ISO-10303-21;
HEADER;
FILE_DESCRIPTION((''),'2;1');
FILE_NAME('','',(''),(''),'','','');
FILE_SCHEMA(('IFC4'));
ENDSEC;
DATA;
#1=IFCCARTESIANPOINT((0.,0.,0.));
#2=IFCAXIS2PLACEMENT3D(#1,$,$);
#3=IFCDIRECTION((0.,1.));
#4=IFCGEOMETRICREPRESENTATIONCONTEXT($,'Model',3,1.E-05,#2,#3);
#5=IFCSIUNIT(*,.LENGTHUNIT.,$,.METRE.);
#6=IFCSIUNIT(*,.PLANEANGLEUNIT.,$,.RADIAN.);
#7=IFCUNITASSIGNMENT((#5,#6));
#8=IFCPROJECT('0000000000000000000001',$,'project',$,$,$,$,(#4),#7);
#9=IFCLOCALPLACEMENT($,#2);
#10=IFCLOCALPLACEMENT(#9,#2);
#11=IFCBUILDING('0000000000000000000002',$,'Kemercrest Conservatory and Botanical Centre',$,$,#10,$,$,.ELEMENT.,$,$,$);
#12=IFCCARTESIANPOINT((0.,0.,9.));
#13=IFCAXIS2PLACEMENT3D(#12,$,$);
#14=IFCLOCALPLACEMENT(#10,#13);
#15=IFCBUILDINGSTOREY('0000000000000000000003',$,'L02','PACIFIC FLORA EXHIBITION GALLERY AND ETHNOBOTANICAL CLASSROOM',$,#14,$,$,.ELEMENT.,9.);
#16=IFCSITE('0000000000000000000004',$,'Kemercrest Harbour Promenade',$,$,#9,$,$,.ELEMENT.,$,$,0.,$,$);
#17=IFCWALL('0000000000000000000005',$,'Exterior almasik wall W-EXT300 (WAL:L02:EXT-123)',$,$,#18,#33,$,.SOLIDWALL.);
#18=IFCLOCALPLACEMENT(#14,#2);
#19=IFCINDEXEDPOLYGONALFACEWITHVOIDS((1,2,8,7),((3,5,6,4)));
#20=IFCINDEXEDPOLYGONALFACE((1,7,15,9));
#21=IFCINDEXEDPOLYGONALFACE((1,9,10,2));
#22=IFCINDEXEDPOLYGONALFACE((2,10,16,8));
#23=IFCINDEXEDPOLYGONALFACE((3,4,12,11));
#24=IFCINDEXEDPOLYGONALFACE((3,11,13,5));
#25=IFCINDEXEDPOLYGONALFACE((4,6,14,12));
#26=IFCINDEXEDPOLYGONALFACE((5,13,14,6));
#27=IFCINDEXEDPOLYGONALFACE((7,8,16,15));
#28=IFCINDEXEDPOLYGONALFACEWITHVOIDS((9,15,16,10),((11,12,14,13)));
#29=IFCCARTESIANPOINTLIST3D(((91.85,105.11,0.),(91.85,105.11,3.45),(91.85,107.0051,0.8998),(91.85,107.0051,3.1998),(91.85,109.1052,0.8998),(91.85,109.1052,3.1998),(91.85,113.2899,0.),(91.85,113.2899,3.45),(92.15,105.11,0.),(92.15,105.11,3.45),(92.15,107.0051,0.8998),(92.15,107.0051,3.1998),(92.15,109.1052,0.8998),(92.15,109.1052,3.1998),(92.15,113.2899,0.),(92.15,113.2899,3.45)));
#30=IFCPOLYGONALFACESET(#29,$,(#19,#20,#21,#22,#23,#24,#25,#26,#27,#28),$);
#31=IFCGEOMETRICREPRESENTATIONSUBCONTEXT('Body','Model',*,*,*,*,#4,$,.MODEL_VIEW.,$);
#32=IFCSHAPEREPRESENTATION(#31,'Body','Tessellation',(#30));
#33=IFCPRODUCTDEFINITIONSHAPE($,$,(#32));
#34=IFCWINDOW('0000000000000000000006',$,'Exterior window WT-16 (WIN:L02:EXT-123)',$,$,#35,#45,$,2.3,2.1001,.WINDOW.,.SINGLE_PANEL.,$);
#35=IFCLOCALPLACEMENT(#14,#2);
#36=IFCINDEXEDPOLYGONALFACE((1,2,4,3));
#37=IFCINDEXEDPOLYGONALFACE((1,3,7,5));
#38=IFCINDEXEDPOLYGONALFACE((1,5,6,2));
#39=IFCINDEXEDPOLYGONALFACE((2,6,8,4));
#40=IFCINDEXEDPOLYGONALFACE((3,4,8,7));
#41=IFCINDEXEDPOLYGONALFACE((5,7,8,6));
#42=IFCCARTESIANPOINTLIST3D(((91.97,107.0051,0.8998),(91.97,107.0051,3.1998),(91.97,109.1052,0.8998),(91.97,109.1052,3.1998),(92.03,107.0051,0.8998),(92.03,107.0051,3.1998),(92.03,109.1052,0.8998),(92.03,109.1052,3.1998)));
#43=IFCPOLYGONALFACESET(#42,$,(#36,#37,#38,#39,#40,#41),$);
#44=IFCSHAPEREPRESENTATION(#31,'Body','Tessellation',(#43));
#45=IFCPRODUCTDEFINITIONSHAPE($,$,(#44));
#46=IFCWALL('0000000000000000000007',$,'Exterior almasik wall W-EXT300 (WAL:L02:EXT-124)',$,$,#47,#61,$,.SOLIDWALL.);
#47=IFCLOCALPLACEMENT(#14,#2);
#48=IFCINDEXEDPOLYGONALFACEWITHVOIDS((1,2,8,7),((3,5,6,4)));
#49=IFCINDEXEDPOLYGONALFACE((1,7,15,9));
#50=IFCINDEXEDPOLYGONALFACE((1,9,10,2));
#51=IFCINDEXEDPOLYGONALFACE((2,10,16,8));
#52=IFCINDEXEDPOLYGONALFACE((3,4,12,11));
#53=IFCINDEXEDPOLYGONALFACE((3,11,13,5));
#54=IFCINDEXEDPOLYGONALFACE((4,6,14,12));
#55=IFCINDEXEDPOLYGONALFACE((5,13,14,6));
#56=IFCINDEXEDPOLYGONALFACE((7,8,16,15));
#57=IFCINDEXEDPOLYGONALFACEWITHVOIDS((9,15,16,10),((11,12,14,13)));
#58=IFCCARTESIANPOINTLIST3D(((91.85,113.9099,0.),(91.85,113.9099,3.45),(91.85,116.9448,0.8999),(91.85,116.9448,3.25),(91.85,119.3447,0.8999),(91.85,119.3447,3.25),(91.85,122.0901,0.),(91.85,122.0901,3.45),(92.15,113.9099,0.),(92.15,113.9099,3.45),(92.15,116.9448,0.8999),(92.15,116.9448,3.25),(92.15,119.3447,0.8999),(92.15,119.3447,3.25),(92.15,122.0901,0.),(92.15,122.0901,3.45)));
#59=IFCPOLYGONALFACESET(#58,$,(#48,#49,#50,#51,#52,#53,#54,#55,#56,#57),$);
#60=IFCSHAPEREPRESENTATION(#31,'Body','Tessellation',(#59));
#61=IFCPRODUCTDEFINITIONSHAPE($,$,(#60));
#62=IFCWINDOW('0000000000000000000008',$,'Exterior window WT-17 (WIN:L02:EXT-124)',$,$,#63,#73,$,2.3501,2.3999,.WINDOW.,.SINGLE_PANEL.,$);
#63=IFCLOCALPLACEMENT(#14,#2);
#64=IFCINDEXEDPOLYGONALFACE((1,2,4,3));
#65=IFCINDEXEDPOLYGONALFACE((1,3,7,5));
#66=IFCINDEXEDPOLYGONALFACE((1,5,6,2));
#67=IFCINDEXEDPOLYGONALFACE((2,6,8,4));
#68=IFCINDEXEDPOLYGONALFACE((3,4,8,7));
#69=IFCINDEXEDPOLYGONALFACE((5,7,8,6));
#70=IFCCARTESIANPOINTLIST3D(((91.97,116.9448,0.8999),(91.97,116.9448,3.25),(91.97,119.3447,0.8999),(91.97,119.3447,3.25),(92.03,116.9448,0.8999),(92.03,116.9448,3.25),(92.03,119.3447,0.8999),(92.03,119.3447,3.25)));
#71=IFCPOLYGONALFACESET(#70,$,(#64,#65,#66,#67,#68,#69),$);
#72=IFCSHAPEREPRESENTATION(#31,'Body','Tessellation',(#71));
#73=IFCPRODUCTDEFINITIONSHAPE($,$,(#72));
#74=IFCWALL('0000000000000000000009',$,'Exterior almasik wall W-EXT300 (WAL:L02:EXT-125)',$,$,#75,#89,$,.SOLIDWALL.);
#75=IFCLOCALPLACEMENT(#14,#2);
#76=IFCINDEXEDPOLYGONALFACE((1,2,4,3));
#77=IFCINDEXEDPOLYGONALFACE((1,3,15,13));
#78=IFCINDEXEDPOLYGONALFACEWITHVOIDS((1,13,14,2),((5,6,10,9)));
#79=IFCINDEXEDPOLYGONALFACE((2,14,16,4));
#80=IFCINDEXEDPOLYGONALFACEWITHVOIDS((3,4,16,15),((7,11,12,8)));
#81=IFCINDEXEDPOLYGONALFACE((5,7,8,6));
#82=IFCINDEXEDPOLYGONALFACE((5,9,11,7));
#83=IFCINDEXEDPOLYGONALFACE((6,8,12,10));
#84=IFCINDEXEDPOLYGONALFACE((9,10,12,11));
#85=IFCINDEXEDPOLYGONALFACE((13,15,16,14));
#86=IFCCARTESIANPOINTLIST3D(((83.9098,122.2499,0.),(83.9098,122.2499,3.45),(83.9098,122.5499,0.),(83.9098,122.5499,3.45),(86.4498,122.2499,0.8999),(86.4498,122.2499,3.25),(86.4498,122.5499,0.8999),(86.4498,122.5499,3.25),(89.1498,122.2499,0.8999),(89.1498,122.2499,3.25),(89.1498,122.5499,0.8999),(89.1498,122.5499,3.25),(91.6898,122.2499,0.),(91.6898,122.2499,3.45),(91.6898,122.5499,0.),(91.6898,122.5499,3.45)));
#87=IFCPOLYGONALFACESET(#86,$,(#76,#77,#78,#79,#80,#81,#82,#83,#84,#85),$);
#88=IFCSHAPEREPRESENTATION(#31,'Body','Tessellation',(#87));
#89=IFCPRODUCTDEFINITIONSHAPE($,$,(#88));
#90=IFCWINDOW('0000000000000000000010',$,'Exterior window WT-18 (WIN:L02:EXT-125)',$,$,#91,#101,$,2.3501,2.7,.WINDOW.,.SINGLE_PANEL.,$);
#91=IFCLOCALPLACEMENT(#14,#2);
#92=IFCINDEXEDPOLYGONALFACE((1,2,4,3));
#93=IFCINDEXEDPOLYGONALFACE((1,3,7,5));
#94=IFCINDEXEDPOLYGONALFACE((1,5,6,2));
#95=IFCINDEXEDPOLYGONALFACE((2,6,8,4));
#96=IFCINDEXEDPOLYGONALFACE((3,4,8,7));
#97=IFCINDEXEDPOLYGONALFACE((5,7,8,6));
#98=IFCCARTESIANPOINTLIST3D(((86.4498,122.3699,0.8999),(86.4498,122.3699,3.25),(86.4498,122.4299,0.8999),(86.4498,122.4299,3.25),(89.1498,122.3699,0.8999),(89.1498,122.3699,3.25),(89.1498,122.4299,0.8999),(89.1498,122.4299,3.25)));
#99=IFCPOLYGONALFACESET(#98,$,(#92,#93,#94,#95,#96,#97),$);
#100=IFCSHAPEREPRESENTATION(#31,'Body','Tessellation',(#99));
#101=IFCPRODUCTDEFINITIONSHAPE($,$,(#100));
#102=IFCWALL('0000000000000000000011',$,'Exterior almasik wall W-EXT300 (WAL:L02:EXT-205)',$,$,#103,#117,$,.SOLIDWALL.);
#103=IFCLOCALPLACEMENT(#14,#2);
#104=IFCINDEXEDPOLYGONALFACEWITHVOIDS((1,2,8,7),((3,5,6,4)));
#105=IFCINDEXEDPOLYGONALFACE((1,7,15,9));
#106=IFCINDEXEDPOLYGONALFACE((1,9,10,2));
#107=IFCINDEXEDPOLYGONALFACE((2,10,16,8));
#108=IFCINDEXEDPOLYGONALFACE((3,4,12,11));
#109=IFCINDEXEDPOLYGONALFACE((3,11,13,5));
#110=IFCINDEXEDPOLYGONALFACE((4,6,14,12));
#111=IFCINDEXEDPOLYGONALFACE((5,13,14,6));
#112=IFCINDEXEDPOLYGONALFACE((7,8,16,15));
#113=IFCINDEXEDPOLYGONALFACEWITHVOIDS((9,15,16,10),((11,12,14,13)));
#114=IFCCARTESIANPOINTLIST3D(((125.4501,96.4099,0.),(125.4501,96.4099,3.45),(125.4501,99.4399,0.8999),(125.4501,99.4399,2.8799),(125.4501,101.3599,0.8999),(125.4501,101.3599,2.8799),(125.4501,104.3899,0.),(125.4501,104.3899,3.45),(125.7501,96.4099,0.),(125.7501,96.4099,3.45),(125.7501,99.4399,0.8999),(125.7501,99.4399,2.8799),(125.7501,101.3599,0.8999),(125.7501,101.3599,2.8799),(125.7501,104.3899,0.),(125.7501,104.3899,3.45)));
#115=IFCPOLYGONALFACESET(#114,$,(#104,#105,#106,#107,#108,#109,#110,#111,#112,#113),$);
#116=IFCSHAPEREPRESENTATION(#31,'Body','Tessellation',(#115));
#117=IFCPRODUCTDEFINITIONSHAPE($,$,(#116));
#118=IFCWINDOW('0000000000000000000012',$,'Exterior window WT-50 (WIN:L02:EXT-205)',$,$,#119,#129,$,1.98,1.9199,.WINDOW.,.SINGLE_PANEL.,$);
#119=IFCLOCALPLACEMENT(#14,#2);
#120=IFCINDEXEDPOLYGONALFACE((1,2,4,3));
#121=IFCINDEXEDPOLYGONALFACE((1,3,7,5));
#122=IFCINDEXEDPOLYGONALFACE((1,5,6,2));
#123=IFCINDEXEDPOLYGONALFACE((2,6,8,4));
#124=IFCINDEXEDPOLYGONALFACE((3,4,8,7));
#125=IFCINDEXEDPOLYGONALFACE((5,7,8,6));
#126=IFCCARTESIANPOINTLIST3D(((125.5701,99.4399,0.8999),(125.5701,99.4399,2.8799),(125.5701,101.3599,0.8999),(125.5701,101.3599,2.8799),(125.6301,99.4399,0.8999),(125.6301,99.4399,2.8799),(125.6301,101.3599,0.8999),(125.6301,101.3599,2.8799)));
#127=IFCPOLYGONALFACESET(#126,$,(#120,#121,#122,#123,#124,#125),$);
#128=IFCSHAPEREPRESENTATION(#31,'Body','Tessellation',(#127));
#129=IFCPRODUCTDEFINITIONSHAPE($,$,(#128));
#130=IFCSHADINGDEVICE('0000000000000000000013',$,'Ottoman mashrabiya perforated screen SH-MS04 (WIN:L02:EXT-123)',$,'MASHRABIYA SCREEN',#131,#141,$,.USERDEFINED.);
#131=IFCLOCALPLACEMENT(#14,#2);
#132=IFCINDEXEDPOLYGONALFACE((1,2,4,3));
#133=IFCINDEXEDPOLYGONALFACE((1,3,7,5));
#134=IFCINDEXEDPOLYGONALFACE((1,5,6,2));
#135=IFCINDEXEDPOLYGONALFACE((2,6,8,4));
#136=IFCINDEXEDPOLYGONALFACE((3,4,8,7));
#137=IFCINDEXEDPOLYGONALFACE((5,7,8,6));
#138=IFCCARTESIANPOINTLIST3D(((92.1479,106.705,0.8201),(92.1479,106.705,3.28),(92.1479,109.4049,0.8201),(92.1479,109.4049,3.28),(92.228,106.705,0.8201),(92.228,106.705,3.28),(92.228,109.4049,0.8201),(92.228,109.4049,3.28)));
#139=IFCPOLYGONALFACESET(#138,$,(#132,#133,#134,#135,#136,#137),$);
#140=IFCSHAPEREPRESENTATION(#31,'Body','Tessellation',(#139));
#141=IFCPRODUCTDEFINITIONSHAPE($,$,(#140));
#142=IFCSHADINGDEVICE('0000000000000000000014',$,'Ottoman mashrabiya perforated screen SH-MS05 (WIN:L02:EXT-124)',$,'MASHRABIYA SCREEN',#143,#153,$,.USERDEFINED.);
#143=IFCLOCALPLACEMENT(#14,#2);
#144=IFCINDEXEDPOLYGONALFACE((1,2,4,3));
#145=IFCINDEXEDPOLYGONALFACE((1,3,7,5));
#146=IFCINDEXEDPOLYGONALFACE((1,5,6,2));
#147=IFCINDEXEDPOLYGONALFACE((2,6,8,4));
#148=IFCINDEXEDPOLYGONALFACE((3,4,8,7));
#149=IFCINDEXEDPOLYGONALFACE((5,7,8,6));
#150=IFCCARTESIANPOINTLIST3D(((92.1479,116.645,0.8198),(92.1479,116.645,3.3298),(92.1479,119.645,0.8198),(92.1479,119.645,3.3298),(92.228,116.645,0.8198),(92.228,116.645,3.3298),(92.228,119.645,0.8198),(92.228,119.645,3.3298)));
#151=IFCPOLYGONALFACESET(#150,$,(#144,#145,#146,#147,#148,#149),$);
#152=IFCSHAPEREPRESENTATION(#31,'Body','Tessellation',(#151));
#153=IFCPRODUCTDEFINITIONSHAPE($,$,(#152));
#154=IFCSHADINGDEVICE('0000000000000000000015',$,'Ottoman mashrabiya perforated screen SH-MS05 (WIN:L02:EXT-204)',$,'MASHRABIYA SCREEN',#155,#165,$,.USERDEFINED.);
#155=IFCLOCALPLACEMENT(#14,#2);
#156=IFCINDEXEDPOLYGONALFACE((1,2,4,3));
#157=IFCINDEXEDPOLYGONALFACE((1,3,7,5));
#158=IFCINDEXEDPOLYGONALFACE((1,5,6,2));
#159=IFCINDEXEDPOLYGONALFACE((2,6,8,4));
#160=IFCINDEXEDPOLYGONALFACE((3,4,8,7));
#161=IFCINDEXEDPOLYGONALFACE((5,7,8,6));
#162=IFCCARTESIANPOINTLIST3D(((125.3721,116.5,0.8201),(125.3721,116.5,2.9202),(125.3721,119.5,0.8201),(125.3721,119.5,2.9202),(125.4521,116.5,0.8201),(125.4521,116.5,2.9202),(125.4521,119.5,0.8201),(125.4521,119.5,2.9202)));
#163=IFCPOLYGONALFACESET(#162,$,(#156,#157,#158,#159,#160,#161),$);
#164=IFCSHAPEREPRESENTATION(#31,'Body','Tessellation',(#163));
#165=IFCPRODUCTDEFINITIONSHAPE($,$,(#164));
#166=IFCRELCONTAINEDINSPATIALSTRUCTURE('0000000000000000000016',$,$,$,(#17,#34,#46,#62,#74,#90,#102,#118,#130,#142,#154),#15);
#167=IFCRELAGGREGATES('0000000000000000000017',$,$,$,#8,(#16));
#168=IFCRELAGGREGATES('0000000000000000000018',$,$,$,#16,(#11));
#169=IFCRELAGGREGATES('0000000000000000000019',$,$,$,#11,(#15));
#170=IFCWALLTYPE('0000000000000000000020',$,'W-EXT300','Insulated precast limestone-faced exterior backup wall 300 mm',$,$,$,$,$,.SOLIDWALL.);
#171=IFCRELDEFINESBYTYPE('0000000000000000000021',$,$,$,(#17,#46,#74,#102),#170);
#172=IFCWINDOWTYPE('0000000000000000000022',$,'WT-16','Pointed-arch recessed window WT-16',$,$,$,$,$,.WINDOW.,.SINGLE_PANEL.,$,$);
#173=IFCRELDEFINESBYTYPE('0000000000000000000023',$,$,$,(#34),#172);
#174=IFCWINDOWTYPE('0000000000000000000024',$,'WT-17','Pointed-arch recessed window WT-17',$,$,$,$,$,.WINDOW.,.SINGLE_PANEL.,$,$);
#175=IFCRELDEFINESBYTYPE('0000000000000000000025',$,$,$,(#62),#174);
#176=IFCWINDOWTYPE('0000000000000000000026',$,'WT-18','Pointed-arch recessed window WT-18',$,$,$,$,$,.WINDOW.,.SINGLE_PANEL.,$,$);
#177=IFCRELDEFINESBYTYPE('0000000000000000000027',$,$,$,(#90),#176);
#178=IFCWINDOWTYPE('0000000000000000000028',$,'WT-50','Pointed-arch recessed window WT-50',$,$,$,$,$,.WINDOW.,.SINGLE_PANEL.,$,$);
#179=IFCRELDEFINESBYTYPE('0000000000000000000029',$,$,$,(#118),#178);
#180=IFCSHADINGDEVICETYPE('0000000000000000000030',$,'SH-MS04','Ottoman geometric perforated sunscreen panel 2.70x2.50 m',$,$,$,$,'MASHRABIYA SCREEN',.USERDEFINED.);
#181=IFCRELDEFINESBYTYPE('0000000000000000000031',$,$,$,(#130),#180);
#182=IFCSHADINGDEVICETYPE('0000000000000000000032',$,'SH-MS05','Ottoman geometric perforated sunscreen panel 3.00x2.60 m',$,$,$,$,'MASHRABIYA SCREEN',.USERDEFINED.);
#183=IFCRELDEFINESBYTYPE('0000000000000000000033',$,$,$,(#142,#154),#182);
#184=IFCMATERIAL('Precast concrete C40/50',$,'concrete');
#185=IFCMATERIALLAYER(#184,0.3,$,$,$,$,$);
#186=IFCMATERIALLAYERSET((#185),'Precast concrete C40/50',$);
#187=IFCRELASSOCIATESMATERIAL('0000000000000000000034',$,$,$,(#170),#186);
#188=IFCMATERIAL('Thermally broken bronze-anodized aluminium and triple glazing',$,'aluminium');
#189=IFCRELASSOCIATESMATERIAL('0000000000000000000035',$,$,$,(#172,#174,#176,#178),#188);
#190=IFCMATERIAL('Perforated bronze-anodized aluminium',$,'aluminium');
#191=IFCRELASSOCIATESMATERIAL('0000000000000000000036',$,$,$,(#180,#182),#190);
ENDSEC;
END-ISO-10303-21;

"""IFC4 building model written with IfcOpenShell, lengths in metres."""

from ifc_helpers import new_model, si_unit, direction, frame, frame_2d, origin, origin_2d, place, context, subcontext, project, spatial, rectangle, extrude, material, layer, layer_set, type_object, element, fill, save


model = new_model("IFC4")

# Units and contexts
model_context = context("Model", 3, precision=1e-05, world=origin(), true_north=direction((0.0, 1.0)))
body_context = subcontext(model_context, "Body", "Model", "MODEL_VIEW")
ifc_project = project(units=[si_unit("LENGTHUNIT", "METRE"), si_unit("PLANEANGLEUNIT", "RADIAN")], contexts=[model_context])

# Site, building, storey
site_placement = place(None, origin())
site = spatial("IfcSite", under=ifc_project, at=site_placement, Name="Kemercrest Harbour Promenade", CompositionType="ELEMENT", RefElevation=0.0)
building_placement = place(site_placement, origin())
building = spatial("IfcBuilding", under=site, at=building_placement, Name="Kemercrest Conservatory and Botanical Centre", CompositionType="ELEMENT")
storey_placement = place(building_placement, frame((0.0, 0.0, 9.0)))
storey = spatial("IfcBuildingStorey", under=building, at=storey_placement, Name="L02", Description="PACIFIC FLORA EXHIBITION GALLERY AND ETHNOBOTANICAL CLASSROOM", CompositionType="ELEMENT", Elevation=9.0)

# Shared definitions
ifc_material_1 = material(Name="Precast concrete C40/50", Category="concrete")

# Walls, openings, windows
ifc_layer_1 = layer(ifc_material_1, 0.3)
ifc_layer_set_1 = layer_set([ifc_layer_1], Name="Precast concrete C40/50")
wall_type = type_object("IfcWallType", Name="W-EXT300", Description="Insulated precast limestone-faced exterior backup wall 300 mm", PredefinedType="SOLIDWALL", material=ifc_layer_set_1)
wall_1_placement = place(storey_placement, frame((92.0, 105.1101, 0.0), z_axis=(0.0, 0.0, 1.0), x_axis=(0.0, 1.0, 0.0)))
wall_1 = element("IfcWall", 1, at=wall_1_placement, inside=storey, type_object=wall_type, Name="Exterior almasik wall W-EXT300 (WAL:L02:EXT-123)", PredefinedType="SOLIDWALL", context=body_context, shape_type="SweptSolid", body=[
    extrude(rectangle(XDim=8.1799, YDim=0.3, at=frame_2d((4.0898, 0.0))), origin(), (0.0, 0.0, 1.0), 3.45),
])
opening_1_placement = place(wall_1_placement, frame((1.895, 0.0, 0.8999)))
opening_1 = element("IfcOpeningElement", 2, at=opening_1_placement, cuts=wall_1, PredefinedType="OPENING", context=body_context, shape_type="SweptSolid", body=[
    extrude(rectangle(XDim=2.1001, YDim=2.3, at=frame_2d((1.05, 1.1499))), frame((0.0, 0.1602, 0.0), z_axis=(0.0, -1.0, 0.0), x_axis=(1.0, 0.0, 0.0)), (0.0, 0.0, 1.0), 0.3201),
])
ifc_material_2 = material(Name="Thermally broken bronze-anodized aluminium and triple glazing", Category="aluminium")
window_type_1 = type_object("IfcWindowType", Name="WT-16", Description="Pointed-arch recessed window WT-16", PartitioningType="SINGLE_PANEL", PredefinedType="WINDOW", material=ifc_material_2)
window_1_placement = place(opening_1_placement, origin())
window_1 = element("IfcWindow", 3, at=window_1_placement, inside=storey, type_object=window_type_1, Name="Exterior window WT-16 (WIN:L02:EXT-123)", OverallHeight=2.3, OverallWidth=2.1001, PartitioningType="SINGLE_PANEL", PredefinedType="WINDOW", context=body_context, shape_type="SweptSolid", body=[
    extrude(rectangle(XDim=2.1001, YDim=2.3, at=frame_2d((1.05, 1.1499))), frame((0.0, 0.03, 0.0), z_axis=(0.0, -1.0, 0.0), x_axis=(1.0, 0.0, 0.0)), (0.0, 0.0, 1.0), 0.0601),
])
fill(opening_1, window_1)
wall_2_placement = place(storey_placement, frame((92.0, 113.9099, 0.0), z_axis=(0.0, 0.0, 1.0), x_axis=(0.0, 1.0, 0.0)))
wall_2 = element("IfcWall", 4, at=wall_2_placement, inside=storey, type_object=wall_type, Name="Exterior almasik wall W-EXT300 (WAL:L02:EXT-124)", PredefinedType="SOLIDWALL", context=body_context, shape_type="SweptSolid", body=[
    extrude(rectangle(XDim=8.1802, YDim=0.3, at=frame_2d((4.0901, 0.0))), origin(), (0.0, 0.0, 1.0), 3.45),
])
opening_2_placement = place(wall_2_placement, frame((3.0349, 0.0, 0.8999)))
opening_2 = element("IfcOpeningElement", 5, at=opening_2_placement, cuts=wall_2, PredefinedType="OPENING", context=body_context, shape_type="SweptSolid", body=[
    extrude(rectangle(XDim=2.3999, YDim=2.3501, at=frame_2d((1.2, 1.175))), frame((0.0, 0.1602, 0.0), z_axis=(0.0, -1.0, 0.0), x_axis=(1.0, 0.0, 0.0)), (0.0, 0.0, 1.0), 0.3201),
])
window_type_2 = type_object("IfcWindowType", Name="WT-17", Description="Pointed-arch recessed window WT-17", PartitioningType="SINGLE_PANEL", PredefinedType="WINDOW", material=ifc_material_2)
window_2_placement = place(opening_2_placement, origin())
window_2 = element("IfcWindow", 6, at=window_2_placement, inside=storey, type_object=window_type_2, Name="Exterior window WT-17 (WIN:L02:EXT-124)", OverallHeight=2.3501, OverallWidth=2.3999, PartitioningType="SINGLE_PANEL", PredefinedType="WINDOW", context=body_context, shape_type="SweptSolid", body=[
    extrude(rectangle(XDim=2.3999, YDim=2.3501, at=frame_2d((1.2, 1.175))), frame((0.0, 0.03, 0.0), z_axis=(0.0, -1.0, 0.0), x_axis=(1.0, 0.0, 0.0)), (0.0, 0.0, 1.0), 0.0601),
])
fill(opening_2, window_2)
wall_3_placement = place(storey_placement, frame((91.6899, 122.3999, 0.0), z_axis=(0.0, 0.0, 1.0), x_axis=(-1.0, 0.0, 0.0)))
wall_3 = element("IfcWall", 7, at=wall_3_placement, inside=storey, type_object=wall_type, Name="Exterior almasik wall W-EXT300 (WAL:L02:EXT-125)", PredefinedType="SOLIDWALL", context=body_context, shape_type="SweptSolid", body=[
    extrude(rectangle(XDim=7.78, YDim=0.3, at=frame_2d((3.8901, 0.0))), origin(), (0.0, 0.0, 1.0), 3.45),
])
opening_3_placement = place(wall_3_placement, frame((2.54, 0.0, 0.8999)))
opening_3 = element("IfcOpeningElement", 8, at=opening_3_placement, cuts=wall_3, PredefinedType="OPENING", context=body_context, shape_type="SweptSolid", body=[
    extrude(rectangle(XDim=2.7, YDim=2.3501, at=frame_2d((1.3501, 1.175))), frame((0.0, 0.1602, 0.0), z_axis=(0.0, -1.0, 0.0), x_axis=(1.0, 0.0, 0.0)), (0.0, 0.0, 1.0), 0.3201),
])
window_type_3 = type_object("IfcWindowType", Name="WT-18", Description="Pointed-arch recessed window WT-18", PartitioningType="SINGLE_PANEL", PredefinedType="WINDOW", material=ifc_material_2)
window_3_placement = place(opening_3_placement, origin())
window_3 = element("IfcWindow", 9, at=window_3_placement, inside=storey, type_object=window_type_3, Name="Exterior window WT-18 (WIN:L02:EXT-125)", OverallHeight=2.3501, OverallWidth=2.7, PartitioningType="SINGLE_PANEL", PredefinedType="WINDOW", context=body_context, shape_type="SweptSolid", body=[
    extrude(rectangle(XDim=2.7, YDim=2.3501, at=frame_2d((1.3501, 1.175))), frame((0.0, 0.03, 0.0), z_axis=(0.0, -1.0, 0.0), x_axis=(1.0, 0.0, 0.0)), (0.0, 0.0, 1.0), 0.0601),
])
fill(opening_3, window_3)
wall_4_placement = place(storey_placement, frame((125.6001, 104.3899, 0.0), z_axis=(0.0, 0.0, 1.0), x_axis=(0.0, -1.0, 0.0)))
wall_4 = element("IfcWall", 10, at=wall_4_placement, inside=storey, type_object=wall_type, Name="Exterior almasik wall W-EXT300 (WAL:L02:EXT-205)", PredefinedType="SOLIDWALL", context=body_context, shape_type="SweptSolid", body=[
    extrude(rectangle(XDim=7.98, YDim=0.3, at=frame_2d((3.99, 0.0))), origin(), (0.0, 0.0, 1.0), 3.45),
])
opening_4_placement = place(wall_4_placement, frame((3.03, 0.0, 0.8999)))
opening_4 = element("IfcOpeningElement", 11, at=opening_4_placement, cuts=wall_4, PredefinedType="OPENING", context=body_context, shape_type="SweptSolid", body=[
    extrude(rectangle(XDim=1.9199, YDim=1.98, at=frame_2d((0.96, 0.99))), frame((0.0, 0.1602, 0.0), z_axis=(0.0, -1.0, 0.0), x_axis=(1.0, 0.0, 0.0)), (0.0, 0.0, 1.0), 0.3201),
])
window_type_4 = type_object("IfcWindowType", Name="WT-50", Description="Pointed-arch recessed window WT-50", PartitioningType="SINGLE_PANEL", PredefinedType="WINDOW", material=ifc_material_2)
window_4_placement = place(opening_4_placement, origin())
window_4 = element("IfcWindow", 12, at=window_4_placement, inside=storey, type_object=window_type_4, Name="Exterior window WT-50 (WIN:L02:EXT-205)", OverallHeight=1.98, OverallWidth=1.9199, PartitioningType="SINGLE_PANEL", PredefinedType="WINDOW", context=body_context, shape_type="SweptSolid", body=[
    extrude(rectangle(XDim=1.9199, YDim=1.98, at=frame_2d((0.96, 0.99))), frame((0.0, 0.03, 0.0), z_axis=(0.0, -1.0, 0.0), x_axis=(1.0, 0.0, 0.0)), (0.0, 0.0, 1.0), 0.0601),
])
fill(opening_4, window_4)

# Shading devices
ifc_material_3 = material(Name="Perforated bronze-anodized aluminium", Category="aluminium")
shading_device_type_1 = type_object("IfcShadingDeviceType", Name="SH-MS04", Description="Ottoman geometric perforated sunscreen panel 2.70x2.50 m", ElementType="MASHRABIYA SCREEN", PredefinedType="USERDEFINED", material=ifc_material_3)
shading_device_1_placement = place(storey_placement, frame((92.188, 108.0549, 0.8201), z_axis=(0.0, 0.0, 1.0), x_axis=(0.0, 1.0, 0.0)))
element("IfcShadingDevice", 13, at=shading_device_1_placement, inside=storey, type_object=shading_device_type_1, Name="Ottoman mashrabiya perforated screen SH-MS04 (WIN:L02:EXT-123)", ObjectType="MASHRABIYA SCREEN", PredefinedType="USERDEFINED", context=body_context, shape_type="SweptSolid", body=[
    extrude(rectangle(XDim=2.7, YDim=0.0801, at=origin_2d()), origin(), (0.0, 0.0, 1.0), 2.46),
])
shading_device_type_2 = type_object("IfcShadingDeviceType", Name="SH-MS05", Description="Ottoman geometric perforated sunscreen panel 3.00x2.60 m", ElementType="MASHRABIYA SCREEN", PredefinedType="USERDEFINED", material=ifc_material_3)
shading_device_2_placement = place(storey_placement, frame((92.188, 118.145, 0.8198), z_axis=(0.0, 0.0, 1.0), x_axis=(0.0, 1.0, 0.0)))
element("IfcShadingDevice", 14, at=shading_device_2_placement, inside=storey, type_object=shading_device_type_2, Name="Ottoman mashrabiya perforated screen SH-MS05 (WIN:L02:EXT-124)", ObjectType="MASHRABIYA SCREEN", PredefinedType="USERDEFINED", context=body_context, shape_type="SweptSolid", body=[
    extrude(rectangle(XDim=3.0, YDim=0.0801, at=origin_2d()), origin(), (0.0, 0.0, 1.0), 2.51),
])
shading_device_3_placement = place(storey_placement, frame((125.4121, 118.0, 0.8201), z_axis=(0.0, 0.0, 1.0), x_axis=(0.0, -1.0, 0.0)))
element("IfcShadingDevice", 15, at=shading_device_3_placement, inside=storey, type_object=shading_device_type_2, Name="Ottoman mashrabiya perforated screen SH-MS05 (WIN:L02:EXT-204)", ObjectType="MASHRABIYA SCREEN", PredefinedType="USERDEFINED", context=body_context, shape_type="SweptSolid", body=[
    extrude(rectangle(XDim=3.0, YDim=0.0801, at=origin_2d()), origin(), (0.0, 0.0, 1.0), 2.1001),
])

save(model, "model.ifc")
